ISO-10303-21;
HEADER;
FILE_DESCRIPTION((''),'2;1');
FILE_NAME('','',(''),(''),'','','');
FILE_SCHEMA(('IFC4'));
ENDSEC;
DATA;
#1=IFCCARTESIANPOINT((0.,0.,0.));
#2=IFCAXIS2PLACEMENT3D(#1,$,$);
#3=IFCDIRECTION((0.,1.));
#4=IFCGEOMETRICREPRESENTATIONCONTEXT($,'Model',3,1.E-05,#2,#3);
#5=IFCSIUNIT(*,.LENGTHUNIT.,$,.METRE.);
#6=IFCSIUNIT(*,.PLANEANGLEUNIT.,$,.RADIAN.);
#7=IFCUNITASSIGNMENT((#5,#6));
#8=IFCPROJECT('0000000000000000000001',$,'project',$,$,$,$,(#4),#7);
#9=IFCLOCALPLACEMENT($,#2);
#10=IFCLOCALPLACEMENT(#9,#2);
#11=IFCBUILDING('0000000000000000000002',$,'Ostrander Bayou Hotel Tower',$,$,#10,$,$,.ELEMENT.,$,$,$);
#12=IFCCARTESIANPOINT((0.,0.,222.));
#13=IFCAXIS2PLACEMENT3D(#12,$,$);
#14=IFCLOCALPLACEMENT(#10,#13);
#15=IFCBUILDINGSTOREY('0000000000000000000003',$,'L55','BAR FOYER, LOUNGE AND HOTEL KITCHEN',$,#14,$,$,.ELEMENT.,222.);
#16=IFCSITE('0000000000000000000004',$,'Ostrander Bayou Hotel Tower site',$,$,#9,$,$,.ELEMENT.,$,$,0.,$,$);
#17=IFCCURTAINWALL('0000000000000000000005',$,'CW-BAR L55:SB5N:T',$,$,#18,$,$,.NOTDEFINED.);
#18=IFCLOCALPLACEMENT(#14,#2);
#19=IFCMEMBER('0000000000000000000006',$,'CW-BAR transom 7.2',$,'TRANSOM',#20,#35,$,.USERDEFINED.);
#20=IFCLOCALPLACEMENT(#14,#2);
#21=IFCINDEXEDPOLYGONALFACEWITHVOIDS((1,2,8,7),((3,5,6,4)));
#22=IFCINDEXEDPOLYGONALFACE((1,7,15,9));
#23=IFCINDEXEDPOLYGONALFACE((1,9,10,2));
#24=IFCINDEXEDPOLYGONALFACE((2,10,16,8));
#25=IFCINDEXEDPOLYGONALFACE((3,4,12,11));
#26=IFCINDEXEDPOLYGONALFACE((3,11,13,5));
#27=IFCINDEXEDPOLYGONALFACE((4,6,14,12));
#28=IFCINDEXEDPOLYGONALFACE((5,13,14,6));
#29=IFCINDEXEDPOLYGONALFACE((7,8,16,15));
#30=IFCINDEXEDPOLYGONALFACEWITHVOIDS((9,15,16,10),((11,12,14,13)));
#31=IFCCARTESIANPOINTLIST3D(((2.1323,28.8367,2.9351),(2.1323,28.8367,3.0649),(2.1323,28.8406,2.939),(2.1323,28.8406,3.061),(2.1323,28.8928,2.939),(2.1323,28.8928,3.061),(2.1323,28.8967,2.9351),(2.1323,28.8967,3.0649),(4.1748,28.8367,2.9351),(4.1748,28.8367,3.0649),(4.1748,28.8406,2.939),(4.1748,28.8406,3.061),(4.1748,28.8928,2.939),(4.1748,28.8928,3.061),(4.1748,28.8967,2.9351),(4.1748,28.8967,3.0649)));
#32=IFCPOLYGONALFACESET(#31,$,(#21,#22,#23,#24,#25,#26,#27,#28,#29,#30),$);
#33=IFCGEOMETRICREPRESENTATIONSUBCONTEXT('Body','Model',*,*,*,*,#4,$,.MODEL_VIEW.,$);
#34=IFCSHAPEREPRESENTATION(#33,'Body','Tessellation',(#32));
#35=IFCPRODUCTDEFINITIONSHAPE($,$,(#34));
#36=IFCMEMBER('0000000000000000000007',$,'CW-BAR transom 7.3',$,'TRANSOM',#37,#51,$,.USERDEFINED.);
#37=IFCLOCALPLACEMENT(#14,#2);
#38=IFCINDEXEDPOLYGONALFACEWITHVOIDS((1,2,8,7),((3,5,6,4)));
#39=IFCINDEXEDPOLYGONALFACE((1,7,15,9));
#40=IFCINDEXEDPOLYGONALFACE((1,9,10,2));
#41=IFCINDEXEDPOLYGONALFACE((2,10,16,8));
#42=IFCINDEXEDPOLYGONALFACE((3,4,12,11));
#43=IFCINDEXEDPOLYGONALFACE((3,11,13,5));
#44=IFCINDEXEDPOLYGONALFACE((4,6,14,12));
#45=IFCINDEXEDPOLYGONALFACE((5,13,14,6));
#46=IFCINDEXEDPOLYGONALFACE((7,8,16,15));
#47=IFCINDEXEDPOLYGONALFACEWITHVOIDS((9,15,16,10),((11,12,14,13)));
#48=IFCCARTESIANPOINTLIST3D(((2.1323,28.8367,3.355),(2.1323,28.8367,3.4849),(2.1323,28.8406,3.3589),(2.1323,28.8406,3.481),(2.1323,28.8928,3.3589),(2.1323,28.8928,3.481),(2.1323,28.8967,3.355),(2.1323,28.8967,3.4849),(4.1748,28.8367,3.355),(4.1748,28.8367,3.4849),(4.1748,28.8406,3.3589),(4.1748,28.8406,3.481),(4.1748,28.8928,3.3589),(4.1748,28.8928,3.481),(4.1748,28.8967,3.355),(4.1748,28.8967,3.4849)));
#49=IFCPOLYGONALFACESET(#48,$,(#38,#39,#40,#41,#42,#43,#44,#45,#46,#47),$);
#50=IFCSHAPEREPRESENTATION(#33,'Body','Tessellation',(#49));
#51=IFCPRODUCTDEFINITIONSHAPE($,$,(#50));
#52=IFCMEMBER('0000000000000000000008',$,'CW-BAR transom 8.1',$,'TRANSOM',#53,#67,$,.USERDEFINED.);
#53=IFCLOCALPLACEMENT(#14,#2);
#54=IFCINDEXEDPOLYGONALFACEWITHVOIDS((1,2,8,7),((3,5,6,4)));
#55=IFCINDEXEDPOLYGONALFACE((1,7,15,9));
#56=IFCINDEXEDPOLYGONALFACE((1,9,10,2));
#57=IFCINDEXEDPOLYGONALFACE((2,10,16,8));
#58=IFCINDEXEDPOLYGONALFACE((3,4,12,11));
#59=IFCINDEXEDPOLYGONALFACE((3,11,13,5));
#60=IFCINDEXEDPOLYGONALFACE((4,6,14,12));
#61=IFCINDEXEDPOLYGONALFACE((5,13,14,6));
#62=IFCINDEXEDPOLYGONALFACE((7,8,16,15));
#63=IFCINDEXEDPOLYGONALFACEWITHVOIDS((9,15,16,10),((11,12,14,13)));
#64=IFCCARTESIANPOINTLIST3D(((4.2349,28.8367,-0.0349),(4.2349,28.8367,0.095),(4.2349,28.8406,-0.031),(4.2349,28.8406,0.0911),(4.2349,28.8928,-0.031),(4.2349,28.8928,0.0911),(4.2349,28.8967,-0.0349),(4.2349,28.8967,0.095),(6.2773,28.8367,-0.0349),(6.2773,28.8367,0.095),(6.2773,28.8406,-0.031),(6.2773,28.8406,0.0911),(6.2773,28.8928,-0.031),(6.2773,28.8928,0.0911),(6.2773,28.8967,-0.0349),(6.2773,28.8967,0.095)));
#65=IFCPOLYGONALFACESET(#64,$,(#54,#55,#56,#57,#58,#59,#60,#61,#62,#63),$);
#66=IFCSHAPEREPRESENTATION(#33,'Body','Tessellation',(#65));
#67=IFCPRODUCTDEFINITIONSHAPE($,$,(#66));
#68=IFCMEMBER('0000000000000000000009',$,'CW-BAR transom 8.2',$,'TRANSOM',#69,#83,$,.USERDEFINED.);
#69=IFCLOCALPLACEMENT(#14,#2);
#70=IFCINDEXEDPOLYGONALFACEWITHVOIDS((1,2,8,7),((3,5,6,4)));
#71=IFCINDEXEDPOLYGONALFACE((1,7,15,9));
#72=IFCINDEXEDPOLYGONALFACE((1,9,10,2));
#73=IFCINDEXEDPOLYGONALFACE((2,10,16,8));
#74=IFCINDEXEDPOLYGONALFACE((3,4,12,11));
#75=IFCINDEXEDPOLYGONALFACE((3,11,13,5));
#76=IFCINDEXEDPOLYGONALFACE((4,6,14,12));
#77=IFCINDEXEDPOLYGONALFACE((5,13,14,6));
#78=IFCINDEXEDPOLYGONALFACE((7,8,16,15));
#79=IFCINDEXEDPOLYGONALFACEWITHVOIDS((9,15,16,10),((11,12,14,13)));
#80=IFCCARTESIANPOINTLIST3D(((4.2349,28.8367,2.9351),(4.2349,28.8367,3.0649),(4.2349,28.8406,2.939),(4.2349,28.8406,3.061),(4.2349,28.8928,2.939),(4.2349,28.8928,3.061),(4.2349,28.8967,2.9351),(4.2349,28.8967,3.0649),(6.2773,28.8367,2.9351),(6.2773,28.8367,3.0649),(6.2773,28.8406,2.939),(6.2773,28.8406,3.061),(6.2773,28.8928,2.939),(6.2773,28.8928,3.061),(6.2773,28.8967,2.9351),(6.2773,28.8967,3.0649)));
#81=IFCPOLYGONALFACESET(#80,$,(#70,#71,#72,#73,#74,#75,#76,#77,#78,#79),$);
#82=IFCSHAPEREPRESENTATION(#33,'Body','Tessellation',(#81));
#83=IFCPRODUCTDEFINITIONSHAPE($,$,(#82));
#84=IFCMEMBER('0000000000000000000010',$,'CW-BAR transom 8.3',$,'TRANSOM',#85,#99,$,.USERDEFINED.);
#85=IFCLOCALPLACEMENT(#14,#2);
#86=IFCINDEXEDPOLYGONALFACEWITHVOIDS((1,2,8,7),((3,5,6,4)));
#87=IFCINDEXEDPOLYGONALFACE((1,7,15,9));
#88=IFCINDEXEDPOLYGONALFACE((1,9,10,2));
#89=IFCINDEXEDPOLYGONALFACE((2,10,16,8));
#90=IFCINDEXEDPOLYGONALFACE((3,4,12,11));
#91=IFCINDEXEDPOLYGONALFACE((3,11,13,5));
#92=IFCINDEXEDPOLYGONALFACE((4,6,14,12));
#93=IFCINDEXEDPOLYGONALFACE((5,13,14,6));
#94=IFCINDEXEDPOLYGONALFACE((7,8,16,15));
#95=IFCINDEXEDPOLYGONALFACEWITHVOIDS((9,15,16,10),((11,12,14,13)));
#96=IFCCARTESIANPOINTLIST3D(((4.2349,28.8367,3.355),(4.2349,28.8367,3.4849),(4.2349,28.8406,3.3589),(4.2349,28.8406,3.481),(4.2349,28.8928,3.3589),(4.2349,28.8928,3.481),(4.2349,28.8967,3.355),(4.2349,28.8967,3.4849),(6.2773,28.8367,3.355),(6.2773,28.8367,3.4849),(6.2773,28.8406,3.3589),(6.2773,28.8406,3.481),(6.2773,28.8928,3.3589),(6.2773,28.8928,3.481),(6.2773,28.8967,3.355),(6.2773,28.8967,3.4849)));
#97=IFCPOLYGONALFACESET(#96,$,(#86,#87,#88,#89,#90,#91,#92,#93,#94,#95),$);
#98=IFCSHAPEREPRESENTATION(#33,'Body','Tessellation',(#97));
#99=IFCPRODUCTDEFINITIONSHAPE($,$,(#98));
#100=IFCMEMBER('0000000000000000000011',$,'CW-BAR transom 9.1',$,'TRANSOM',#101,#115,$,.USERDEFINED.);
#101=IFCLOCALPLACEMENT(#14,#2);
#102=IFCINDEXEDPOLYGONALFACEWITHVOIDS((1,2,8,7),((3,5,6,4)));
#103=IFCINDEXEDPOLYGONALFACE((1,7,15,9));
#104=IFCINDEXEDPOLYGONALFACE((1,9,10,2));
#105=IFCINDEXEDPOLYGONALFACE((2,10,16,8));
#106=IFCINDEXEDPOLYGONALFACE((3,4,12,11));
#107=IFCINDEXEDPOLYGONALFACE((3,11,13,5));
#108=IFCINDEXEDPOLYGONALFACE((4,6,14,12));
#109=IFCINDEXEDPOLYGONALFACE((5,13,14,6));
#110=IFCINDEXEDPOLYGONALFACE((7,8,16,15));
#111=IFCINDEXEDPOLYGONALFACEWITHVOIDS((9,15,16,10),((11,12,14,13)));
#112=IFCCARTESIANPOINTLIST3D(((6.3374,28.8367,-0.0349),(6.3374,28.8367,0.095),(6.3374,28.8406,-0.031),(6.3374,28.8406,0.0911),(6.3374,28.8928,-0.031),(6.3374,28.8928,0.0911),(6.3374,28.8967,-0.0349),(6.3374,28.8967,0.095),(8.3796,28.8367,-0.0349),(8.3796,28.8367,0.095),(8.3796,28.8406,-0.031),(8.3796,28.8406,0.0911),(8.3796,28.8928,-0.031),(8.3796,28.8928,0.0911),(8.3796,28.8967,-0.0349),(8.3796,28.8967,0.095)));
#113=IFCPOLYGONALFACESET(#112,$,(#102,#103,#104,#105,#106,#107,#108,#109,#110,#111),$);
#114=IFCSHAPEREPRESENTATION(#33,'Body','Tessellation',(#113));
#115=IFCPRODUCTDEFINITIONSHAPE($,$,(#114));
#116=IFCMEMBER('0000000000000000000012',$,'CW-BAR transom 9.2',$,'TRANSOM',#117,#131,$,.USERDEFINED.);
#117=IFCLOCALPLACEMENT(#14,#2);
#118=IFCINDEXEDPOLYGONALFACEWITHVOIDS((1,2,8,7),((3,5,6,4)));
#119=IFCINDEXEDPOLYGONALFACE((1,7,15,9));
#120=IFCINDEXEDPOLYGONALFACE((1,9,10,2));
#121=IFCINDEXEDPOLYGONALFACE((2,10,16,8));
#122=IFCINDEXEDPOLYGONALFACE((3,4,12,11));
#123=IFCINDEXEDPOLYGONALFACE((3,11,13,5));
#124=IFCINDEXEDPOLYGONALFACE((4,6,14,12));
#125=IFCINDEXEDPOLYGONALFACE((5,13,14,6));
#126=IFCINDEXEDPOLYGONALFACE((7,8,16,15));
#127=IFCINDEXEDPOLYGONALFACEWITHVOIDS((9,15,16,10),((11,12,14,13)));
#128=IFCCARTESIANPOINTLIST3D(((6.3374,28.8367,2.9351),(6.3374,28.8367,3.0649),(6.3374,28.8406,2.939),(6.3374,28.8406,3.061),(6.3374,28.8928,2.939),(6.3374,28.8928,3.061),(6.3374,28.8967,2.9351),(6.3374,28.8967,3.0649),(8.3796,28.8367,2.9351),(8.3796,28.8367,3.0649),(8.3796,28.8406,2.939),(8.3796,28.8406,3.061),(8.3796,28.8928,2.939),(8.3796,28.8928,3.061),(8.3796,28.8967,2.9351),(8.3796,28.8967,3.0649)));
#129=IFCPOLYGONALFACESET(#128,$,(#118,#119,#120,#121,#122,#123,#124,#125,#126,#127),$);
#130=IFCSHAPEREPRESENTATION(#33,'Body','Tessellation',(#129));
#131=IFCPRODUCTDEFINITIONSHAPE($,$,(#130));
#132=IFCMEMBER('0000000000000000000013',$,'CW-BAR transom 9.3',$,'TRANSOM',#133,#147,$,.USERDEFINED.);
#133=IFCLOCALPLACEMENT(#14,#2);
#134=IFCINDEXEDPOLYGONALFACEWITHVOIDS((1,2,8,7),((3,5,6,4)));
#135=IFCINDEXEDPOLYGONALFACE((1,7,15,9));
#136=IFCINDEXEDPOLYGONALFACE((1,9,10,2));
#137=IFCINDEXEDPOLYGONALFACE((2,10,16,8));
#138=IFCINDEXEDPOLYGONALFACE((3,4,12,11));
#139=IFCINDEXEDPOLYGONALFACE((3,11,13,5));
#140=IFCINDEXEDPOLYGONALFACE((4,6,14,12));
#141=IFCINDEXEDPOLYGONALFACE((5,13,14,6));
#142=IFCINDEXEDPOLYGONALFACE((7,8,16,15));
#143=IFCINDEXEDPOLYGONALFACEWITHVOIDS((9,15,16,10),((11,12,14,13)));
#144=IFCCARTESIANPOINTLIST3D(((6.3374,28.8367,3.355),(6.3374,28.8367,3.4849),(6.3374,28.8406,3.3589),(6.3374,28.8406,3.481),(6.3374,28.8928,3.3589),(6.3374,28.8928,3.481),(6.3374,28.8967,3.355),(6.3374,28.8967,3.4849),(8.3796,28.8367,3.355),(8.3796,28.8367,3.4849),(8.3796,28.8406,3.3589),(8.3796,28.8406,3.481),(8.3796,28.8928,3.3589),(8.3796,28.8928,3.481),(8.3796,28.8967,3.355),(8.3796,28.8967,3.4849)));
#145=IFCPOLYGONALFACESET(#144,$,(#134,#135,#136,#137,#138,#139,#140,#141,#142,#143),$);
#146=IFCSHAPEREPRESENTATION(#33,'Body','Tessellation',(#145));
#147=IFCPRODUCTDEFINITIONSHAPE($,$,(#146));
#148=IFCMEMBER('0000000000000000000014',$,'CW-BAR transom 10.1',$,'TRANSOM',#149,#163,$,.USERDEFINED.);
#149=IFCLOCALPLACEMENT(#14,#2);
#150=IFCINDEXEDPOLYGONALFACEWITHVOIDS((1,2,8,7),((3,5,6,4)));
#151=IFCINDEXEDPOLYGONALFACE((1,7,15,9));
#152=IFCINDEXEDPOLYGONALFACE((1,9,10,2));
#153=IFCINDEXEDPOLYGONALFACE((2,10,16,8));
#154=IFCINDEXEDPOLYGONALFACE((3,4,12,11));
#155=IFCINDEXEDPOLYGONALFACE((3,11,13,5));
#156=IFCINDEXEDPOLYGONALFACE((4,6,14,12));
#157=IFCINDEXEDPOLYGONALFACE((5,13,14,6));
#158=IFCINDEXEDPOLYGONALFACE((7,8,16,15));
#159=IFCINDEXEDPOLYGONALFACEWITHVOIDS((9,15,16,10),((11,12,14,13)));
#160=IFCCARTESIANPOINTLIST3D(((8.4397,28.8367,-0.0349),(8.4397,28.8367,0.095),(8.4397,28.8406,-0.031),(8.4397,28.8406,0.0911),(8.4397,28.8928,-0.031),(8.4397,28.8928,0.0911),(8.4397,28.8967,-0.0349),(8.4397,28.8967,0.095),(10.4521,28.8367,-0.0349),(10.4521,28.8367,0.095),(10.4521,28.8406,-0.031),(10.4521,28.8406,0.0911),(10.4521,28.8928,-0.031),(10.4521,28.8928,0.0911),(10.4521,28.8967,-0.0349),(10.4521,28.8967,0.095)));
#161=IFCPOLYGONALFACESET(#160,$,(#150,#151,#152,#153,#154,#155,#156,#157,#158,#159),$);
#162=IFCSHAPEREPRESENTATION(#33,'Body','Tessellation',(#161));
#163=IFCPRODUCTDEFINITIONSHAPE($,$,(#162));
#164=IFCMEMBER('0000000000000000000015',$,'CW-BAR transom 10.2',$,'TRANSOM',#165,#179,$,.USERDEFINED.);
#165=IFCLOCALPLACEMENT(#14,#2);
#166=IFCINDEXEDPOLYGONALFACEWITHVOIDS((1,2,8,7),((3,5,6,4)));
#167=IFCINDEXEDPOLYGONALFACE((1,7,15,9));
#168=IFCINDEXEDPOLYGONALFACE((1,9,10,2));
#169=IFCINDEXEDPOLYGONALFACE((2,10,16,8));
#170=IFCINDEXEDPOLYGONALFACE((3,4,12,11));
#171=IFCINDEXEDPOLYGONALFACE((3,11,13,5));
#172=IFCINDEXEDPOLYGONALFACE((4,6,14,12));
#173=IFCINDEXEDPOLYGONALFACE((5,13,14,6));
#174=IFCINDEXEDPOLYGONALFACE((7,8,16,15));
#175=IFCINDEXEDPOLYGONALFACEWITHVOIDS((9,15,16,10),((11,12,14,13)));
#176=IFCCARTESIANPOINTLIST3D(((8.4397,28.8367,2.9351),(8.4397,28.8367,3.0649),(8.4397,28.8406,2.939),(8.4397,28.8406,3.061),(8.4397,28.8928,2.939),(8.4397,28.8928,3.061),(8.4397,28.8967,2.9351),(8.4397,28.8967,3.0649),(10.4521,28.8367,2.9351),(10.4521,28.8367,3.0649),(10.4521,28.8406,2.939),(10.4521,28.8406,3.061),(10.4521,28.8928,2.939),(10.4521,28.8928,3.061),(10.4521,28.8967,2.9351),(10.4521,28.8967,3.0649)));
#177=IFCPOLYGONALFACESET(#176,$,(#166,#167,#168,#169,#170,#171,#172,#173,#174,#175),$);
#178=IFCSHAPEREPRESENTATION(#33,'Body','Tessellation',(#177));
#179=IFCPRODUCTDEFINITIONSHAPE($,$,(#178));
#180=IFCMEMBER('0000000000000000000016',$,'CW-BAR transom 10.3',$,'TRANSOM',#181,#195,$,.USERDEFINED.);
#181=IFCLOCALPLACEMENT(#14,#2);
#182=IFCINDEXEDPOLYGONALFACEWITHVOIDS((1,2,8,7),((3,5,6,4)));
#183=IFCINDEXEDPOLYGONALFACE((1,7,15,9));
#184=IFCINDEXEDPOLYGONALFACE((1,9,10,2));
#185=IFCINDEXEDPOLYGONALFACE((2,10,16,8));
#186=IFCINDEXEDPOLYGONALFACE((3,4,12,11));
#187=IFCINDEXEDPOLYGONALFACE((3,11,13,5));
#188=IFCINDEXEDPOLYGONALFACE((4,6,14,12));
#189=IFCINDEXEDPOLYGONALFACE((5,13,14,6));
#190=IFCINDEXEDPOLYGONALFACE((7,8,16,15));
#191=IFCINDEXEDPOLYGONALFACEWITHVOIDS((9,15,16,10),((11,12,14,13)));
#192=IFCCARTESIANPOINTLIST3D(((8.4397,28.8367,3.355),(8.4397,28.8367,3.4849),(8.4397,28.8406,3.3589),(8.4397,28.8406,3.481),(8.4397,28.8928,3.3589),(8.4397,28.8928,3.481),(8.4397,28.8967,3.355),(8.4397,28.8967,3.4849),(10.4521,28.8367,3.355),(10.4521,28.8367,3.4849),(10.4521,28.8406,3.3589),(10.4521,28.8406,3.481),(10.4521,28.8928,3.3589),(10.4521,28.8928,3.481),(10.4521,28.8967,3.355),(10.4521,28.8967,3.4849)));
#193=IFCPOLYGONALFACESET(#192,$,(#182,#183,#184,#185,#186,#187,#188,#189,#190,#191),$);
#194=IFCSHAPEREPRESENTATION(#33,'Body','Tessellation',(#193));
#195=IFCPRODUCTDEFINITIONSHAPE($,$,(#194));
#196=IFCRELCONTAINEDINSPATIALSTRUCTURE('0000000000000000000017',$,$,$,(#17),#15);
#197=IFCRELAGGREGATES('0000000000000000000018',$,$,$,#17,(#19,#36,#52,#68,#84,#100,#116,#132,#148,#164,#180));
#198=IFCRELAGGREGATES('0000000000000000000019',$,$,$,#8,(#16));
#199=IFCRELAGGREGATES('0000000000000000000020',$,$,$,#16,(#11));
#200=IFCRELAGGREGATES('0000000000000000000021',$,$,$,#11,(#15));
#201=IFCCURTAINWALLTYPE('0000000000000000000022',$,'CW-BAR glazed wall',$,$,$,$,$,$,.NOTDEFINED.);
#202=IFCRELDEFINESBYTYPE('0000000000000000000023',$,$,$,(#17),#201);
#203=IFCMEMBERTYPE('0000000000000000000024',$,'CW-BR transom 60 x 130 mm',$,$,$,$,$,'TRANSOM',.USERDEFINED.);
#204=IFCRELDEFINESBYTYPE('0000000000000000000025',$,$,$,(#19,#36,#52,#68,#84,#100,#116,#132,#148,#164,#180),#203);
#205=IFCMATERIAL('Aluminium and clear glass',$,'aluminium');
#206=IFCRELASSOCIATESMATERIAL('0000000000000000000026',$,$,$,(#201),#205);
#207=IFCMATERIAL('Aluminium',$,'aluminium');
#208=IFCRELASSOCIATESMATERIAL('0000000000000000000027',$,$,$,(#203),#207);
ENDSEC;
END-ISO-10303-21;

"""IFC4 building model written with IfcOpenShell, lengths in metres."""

from ifc_helpers import new_model, si_unit, direction, frame, origin, origin_2d, place, context, subcontext, project, spatial, hollow_rectangle, extrude, material, material_profile, profile_set, type_object, element, aggregate, save


model = new_model("IFC4")

# Units and contexts
model_context = context("Model", 3, precision=1e-05, world=origin(), true_north=direction((0.0, 1.0)))
body_context = subcontext(model_context, "Body", "Model", "MODEL_VIEW")
ifc_project = project(units=[si_unit("LENGTHUNIT", "METRE"), si_unit("PLANEANGLEUNIT", "RADIAN")], contexts=[model_context])

# Site, building, storey
site_placement = place(None, origin())
site = spatial("IfcSite", under=ifc_project, at=site_placement, Name="Ostrander Bayou Hotel Tower site", CompositionType="ELEMENT", RefElevation=0.0)
building_placement = place(site_placement, origin())
building = spatial("IfcBuilding", under=site, at=building_placement, Name="Ostrander Bayou Hotel Tower", CompositionType="ELEMENT")
storey_placement = place(building_placement, frame((0.0, 0.0, 222.0)))
storey = spatial("IfcBuildingStorey", under=building, at=storey_placement, Name="L55", Description="BAR FOYER, LOUNGE AND HOTEL KITCHEN", CompositionType="ELEMENT", Elevation=222.0)

# Curtain wall
ifc_material_1 = material(Name="Aluminium and clear glass", Category="aluminium")
curtain_wall_type = type_object("IfcCurtainWallType", Name="CW-BAR glazed wall", PredefinedType="NOTDEFINED", material=ifc_material_1)
curtain_wall_1_placement = place(storey_placement, origin())
curtain_wall_1 = element("IfcCurtainWall", 1, at=curtain_wall_1_placement, inside=storey, type_object=curtain_wall_type, Name="CW-BAR L55:SB5N:T", PredefinedType="NOTDEFINED")

# Members
ifc_material_2 = material(Name="Aluminium", Category="aluminium")
ifc_material_profile_1 = material_profile(ifc_material_2, hollow_rectangle(XDim=0.0601, YDim=0.1299, WallThickness=0.0039, at=origin_2d()))
ifc_profile_set_1 = profile_set([ifc_material_profile_1], Name="Aluminium")
member_type_1 = type_object("IfcMemberType", Name="CW-BR transom 60 x 130 mm", ElementType="TRANSOM", PredefinedType="USERDEFINED", material=ifc_profile_set_1)
member_1_placement = place(storey_placement, frame((2.1323, 28.8667, 3.0), z_axis=(1.0, 0.0, 0.0), x_axis=(0.0, 1.0, 0.0)))
member_1 = element("IfcMember", 2, at=member_1_placement, type_object=member_type_1, Name="CW-BAR transom 7.2", ObjectType="TRANSOM", PredefinedType="USERDEFINED", context=body_context, shape_type="SweptSolid", body=[
    extrude(hollow_rectangle(XDim=0.0601, YDim=0.1299, WallThickness=0.0039, at=origin_2d()), origin(), (0.0, 0.0, 1.0), 2.0425),
])
member_2_placement = place(storey_placement, frame((2.1323, 28.8667, 3.4199), z_axis=(1.0, 0.0, 0.0), x_axis=(0.0, 1.0, 0.0)))
member_2 = element("IfcMember", 3, at=member_2_placement, type_object=member_type_1, Name="CW-BAR transom 7.3", ObjectType="TRANSOM", PredefinedType="USERDEFINED", context=body_context, shape_type="SweptSolid", body=[
    extrude(hollow_rectangle(XDim=0.0601, YDim=0.1299, WallThickness=0.0039, at=origin_2d()), origin(), (0.0, 0.0, 1.0), 2.0425),
])
member_3_placement = place(storey_placement, frame((4.2349, 28.8667, 0.03), z_axis=(1.0, 0.0, 0.0), x_axis=(0.0, 1.0, 0.0)))
member_3 = element("IfcMember", 4, at=member_3_placement, type_object=member_type_1, Name="CW-BAR transom 8.1", ObjectType="TRANSOM", PredefinedType="USERDEFINED", context=body_context, shape_type="SweptSolid", body=[
    extrude(hollow_rectangle(XDim=0.0601, YDim=0.1299, WallThickness=0.0039, at=origin_2d()), origin(), (0.0, 0.0, 1.0), 2.0425),
])
member_4_placement = place(storey_placement, frame((4.2349, 28.8667, 3.0), z_axis=(1.0, 0.0, 0.0), x_axis=(0.0, 1.0, 0.0)))
member_4 = element("IfcMember", 5, at=member_4_placement, type_object=member_type_1, Name="CW-BAR transom 8.2", ObjectType="TRANSOM", PredefinedType="USERDEFINED", context=body_context, shape_type="SweptSolid", body=[
    extrude(hollow_rectangle(XDim=0.0601, YDim=0.1299, WallThickness=0.0039, at=origin_2d()), origin(), (0.0, 0.0, 1.0), 2.0425),
])
member_5_placement = place(storey_placement, frame((4.2349, 28.8667, 3.4199), z_axis=(1.0, 0.0, 0.0), x_axis=(0.0, 1.0, 0.0)))
member_5 = element("IfcMember", 6, at=member_5_placement, type_object=member_type_1, Name="CW-BAR transom 8.3", ObjectType="TRANSOM", PredefinedType="USERDEFINED", context=body_context, shape_type="SweptSolid", body=[
    extrude(hollow_rectangle(XDim=0.0601, YDim=0.1299, WallThickness=0.0039, at=origin_2d()), origin(), (0.0, 0.0, 1.0), 2.0425),
])
member_6_placement = place(storey_placement, frame((6.3374, 28.8667, 0.03), z_axis=(1.0, 0.0, 0.0), x_axis=(0.0, 1.0, 0.0)))
member_6 = element("IfcMember", 7, at=member_6_placement, type_object=member_type_1, Name="CW-BAR transom 9.1", ObjectType="TRANSOM", PredefinedType="USERDEFINED", context=body_context, shape_type="SweptSolid", body=[
    extrude(hollow_rectangle(XDim=0.0601, YDim=0.1299, WallThickness=0.0039, at=origin_2d()), origin(), (0.0, 0.0, 1.0), 2.0422),
])
member_7_placement = place(storey_placement, frame((6.3374, 28.8667, 3.0), z_axis=(1.0, 0.0, 0.0), x_axis=(0.0, 1.0, 0.0)))
member_7 = element("IfcMember", 8, at=member_7_placement, type_object=member_type_1, Name="CW-BAR transom 9.2", ObjectType="TRANSOM", PredefinedType="USERDEFINED", context=body_context, shape_type="SweptSolid", body=[
    extrude(hollow_rectangle(XDim=0.0601, YDim=0.1299, WallThickness=0.0039, at=origin_2d()), origin(), (0.0, 0.0, 1.0), 2.0422),
])
member_8_placement = place(storey_placement, frame((6.3374, 28.8667, 3.4199), z_axis=(1.0, 0.0, 0.0), x_axis=(0.0, 1.0, 0.0)))
member_8 = element("IfcMember", 9, at=member_8_placement, type_object=member_type_1, Name="CW-BAR transom 9.3", ObjectType="TRANSOM", PredefinedType="USERDEFINED", context=body_context, shape_type="SweptSolid", body=[
    extrude(hollow_rectangle(XDim=0.0601, YDim=0.1299, WallThickness=0.0039, at=origin_2d()), origin(), (0.0, 0.0, 1.0), 2.0422),
])
member_9_placement = place(storey_placement, frame((8.4397, 28.8667, 0.03), z_axis=(1.0, 0.0, 0.0), x_axis=(0.0, 1.0, 0.0)))
member_9 = element("IfcMember", 10, at=member_9_placement, type_object=member_type_1, Name="CW-BAR transom 10.1", ObjectType="TRANSOM", PredefinedType="USERDEFINED", context=body_context, shape_type="SweptSolid", body=[
    extrude(hollow_rectangle(XDim=0.0601, YDim=0.1299, WallThickness=0.0039, at=origin_2d()), origin(), (0.0, 0.0, 1.0), 2.0125),
])
member_10_placement = place(storey_placement, frame((8.4397, 28.8667, 3.0), z_axis=(1.0, 0.0, 0.0), x_axis=(0.0, 1.0, 0.0)))
member_10 = element("IfcMember", 11, at=member_10_placement, type_object=member_type_1, Name="CW-BAR transom 10.2", ObjectType="TRANSOM", PredefinedType="USERDEFINED", context=body_context, shape_type="SweptSolid", body=[
    extrude(hollow_rectangle(XDim=0.0601, YDim=0.1299, WallThickness=0.0039, at=origin_2d()), origin(), (0.0, 0.0, 1.0), 2.0125),
])
member_11_placement = place(storey_placement, frame((8.4397, 28.8667, 3.4199), z_axis=(1.0, 0.0, 0.0), x_axis=(0.0, 1.0, 0.0)))
member_11 = element("IfcMember", 12, at=member_11_placement, type_object=member_type_1, Name="CW-BAR transom 10.3", ObjectType="TRANSOM", PredefinedType="USERDEFINED", context=body_context, shape_type="SweptSolid", body=[
    extrude(hollow_rectangle(XDim=0.0601, YDim=0.1299, WallThickness=0.0039, at=origin_2d()), origin(), (0.0, 0.0, 1.0), 2.0125),
])

aggregate(curtain_wall_1, [member_1, member_2, member_3, member_4, member_5, member_6, member_7, member_8, member_9, member_10, member_11])

save(model, "model.ifc")
